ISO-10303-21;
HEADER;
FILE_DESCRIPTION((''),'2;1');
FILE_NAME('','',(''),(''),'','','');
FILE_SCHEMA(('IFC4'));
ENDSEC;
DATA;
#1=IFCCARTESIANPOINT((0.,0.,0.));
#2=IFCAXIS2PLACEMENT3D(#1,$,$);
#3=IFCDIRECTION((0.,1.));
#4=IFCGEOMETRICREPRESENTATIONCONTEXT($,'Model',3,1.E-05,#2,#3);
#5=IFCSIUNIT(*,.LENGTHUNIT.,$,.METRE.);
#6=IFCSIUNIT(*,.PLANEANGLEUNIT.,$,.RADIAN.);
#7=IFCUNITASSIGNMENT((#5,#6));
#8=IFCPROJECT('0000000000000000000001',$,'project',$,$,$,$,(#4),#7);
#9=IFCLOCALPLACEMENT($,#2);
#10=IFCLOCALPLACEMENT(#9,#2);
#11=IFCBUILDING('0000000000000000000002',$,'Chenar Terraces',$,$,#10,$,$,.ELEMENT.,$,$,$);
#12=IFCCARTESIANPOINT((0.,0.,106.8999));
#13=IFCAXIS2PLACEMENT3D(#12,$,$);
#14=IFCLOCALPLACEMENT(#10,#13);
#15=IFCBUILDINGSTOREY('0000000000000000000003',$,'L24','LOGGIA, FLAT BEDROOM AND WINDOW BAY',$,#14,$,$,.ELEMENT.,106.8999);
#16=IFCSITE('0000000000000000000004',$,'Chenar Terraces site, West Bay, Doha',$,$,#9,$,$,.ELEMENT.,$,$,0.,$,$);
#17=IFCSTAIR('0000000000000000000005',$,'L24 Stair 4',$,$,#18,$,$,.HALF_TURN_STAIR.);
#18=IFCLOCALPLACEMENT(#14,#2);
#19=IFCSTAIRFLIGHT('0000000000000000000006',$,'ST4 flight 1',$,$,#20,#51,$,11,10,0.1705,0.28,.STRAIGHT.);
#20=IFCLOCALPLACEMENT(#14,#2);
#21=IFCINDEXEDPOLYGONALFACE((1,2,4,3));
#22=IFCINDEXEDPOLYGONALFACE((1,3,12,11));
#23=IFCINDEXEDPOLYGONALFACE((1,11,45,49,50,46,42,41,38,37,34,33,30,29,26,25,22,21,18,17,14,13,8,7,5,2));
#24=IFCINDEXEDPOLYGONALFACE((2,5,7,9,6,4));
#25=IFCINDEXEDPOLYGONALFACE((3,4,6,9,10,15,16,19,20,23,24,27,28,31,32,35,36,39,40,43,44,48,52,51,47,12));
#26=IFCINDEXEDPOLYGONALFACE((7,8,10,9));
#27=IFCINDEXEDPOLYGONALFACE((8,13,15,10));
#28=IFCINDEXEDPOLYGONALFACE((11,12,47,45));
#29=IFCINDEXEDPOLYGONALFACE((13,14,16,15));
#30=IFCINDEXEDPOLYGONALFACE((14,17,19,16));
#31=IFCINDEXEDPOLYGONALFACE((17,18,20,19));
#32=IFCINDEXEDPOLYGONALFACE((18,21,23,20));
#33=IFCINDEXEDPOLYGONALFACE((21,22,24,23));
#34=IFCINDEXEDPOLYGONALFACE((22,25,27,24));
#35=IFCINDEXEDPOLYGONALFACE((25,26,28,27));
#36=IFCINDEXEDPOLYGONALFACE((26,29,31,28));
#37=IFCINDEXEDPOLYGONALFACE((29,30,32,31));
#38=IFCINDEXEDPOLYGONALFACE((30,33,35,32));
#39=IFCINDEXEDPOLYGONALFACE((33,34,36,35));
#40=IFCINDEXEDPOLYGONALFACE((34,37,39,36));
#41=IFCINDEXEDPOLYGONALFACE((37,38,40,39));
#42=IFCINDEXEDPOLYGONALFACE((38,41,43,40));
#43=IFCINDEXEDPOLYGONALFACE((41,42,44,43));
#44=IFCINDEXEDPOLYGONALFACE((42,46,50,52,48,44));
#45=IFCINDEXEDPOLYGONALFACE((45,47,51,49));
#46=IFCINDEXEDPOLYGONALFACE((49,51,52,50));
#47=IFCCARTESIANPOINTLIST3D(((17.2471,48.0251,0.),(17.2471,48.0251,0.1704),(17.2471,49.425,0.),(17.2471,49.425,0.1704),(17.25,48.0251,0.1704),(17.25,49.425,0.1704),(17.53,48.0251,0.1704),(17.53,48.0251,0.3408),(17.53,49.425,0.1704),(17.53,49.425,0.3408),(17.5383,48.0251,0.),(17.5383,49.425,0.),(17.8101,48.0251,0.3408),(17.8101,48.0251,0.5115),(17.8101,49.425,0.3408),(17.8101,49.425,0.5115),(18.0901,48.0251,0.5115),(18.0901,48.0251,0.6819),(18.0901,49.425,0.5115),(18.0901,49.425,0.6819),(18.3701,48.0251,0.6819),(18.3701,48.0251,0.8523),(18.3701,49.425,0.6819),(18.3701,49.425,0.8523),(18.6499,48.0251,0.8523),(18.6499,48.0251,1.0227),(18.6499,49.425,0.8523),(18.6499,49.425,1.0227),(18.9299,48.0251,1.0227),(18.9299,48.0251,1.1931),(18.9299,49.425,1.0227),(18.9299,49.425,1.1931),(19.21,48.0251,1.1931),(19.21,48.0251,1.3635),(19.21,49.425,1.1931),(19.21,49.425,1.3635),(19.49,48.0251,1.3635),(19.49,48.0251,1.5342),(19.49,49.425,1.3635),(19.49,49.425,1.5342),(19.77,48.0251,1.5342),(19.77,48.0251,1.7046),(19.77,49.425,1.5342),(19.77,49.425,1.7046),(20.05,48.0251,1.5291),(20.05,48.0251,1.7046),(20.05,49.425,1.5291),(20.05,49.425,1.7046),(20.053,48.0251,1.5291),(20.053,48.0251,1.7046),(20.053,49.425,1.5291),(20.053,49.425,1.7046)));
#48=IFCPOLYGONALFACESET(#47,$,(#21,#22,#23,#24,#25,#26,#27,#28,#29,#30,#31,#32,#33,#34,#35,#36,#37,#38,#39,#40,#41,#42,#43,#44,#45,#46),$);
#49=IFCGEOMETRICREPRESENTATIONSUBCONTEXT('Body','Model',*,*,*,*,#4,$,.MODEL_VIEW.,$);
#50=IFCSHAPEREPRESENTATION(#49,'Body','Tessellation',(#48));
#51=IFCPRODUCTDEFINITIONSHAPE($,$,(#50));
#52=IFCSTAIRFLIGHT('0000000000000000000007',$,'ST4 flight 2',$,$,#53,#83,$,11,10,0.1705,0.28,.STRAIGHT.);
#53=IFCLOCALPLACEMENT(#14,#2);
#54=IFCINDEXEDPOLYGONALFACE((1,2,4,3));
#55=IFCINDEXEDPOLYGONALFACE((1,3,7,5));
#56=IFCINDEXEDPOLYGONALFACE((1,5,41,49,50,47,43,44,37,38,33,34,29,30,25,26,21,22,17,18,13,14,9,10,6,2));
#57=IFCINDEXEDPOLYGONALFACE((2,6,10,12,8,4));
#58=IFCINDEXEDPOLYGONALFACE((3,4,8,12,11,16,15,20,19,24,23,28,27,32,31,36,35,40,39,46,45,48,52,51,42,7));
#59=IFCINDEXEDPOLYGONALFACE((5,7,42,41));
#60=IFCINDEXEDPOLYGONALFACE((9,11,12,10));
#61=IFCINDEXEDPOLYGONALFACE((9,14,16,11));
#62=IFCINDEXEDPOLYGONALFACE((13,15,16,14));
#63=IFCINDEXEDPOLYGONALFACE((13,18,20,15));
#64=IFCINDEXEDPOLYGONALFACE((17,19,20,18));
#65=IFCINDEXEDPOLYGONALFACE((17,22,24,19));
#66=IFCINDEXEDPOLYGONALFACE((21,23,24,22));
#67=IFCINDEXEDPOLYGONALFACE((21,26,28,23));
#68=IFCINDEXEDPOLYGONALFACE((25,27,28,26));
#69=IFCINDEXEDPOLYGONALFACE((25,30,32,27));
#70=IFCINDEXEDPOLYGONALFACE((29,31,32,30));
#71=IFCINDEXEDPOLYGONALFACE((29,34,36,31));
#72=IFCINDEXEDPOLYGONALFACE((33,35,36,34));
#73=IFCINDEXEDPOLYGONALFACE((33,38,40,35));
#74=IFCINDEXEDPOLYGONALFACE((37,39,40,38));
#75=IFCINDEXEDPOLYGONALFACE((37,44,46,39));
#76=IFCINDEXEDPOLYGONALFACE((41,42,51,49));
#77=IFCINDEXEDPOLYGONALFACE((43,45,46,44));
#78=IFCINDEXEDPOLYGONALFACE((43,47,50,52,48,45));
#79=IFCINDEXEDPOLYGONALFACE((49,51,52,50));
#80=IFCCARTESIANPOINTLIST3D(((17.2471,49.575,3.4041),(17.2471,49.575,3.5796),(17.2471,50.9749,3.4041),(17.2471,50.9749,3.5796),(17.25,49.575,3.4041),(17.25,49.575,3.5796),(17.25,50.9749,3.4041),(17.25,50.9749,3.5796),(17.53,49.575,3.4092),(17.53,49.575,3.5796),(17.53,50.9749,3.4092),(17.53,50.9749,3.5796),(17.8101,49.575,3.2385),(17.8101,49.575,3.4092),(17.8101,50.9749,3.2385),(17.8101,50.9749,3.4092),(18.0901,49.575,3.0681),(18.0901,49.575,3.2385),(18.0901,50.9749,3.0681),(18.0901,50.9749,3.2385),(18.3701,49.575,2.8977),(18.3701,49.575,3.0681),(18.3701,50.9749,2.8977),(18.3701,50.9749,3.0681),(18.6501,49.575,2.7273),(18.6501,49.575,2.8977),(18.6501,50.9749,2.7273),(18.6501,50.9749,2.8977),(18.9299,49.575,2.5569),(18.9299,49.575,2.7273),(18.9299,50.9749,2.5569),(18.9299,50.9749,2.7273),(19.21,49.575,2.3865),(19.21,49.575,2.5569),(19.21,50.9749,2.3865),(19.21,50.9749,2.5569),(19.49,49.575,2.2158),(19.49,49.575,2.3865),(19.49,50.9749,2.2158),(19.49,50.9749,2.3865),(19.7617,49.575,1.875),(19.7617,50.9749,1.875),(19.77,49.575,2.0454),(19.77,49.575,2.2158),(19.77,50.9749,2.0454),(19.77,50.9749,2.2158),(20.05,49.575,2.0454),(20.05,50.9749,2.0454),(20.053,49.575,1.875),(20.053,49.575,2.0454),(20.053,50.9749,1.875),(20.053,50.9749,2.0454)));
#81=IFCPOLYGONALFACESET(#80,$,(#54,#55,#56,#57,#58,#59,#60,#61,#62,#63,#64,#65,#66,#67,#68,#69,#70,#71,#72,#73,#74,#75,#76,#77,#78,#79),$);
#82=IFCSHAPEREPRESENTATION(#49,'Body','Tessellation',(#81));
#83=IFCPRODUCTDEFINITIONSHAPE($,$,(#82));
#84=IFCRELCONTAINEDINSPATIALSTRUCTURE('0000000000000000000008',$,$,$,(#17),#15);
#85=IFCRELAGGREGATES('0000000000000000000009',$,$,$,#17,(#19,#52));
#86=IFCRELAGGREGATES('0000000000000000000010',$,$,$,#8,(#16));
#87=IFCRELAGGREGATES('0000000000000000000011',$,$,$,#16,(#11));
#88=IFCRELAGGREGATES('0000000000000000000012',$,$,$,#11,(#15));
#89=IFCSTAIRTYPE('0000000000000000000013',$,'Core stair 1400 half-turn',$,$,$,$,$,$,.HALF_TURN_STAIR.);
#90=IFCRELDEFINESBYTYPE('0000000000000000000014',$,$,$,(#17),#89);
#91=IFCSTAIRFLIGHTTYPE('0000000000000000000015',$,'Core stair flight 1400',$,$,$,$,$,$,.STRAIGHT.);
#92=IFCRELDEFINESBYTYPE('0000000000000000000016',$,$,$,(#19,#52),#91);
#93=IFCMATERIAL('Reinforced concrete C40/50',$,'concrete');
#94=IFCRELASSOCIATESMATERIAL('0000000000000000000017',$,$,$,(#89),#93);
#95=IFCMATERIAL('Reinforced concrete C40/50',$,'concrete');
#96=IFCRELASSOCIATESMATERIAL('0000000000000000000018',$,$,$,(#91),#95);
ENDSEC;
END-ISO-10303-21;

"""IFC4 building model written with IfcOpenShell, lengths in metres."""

from ifc_helpers import new_model, si_unit, direction, frame, origin, place, context, subcontext, project, spatial, polyline, outline, extrude, material, type_object, element, aggregate, save


model = new_model("IFC4")

# Units and contexts
model_context = context("Model", 3, precision=1e-05, world=origin(), true_north=direction((0.0, 1.0)))
body_context = subcontext(model_context, "Body", "Model", "MODEL_VIEW")
ifc_project = project(units=[si_unit("LENGTHUNIT", "METRE"), si_unit("PLANEANGLEUNIT", "RADIAN")], contexts=[model_context])

# Site, building, storey
site_placement = place(None, origin())
site = spatial("IfcSite", under=ifc_project, at=site_placement, Name="Chenar Terraces site, West Bay, Doha", CompositionType="ELEMENT", RefElevation=0.0)
building_placement = place(site_placement, origin())
building = spatial("IfcBuilding", under=site, at=building_placement, Name="Chenar Terraces", CompositionType="ELEMENT")
storey_placement = place(building_placement, frame((0.0, 0.0, 106.8999)))
storey = spatial("IfcBuildingStorey", under=building, at=storey_placement, Name="L24", Description="LOGGIA, FLAT BEDROOM AND WINDOW BAY", CompositionType="ELEMENT", Elevation=106.8999)

# Stair, stair flights
ifc_material_1 = material(Name="Reinforced concrete C40/50", Category="concrete")
stair_type = type_object("IfcStairType", Name="Core stair 1400 half-turn", PredefinedType="HALF_TURN_STAIR", material=ifc_material_1)
stair_placement = place(storey_placement, origin())
stair = element("IfcStair", 1, at=stair_placement, inside=storey, type_object=stair_type, Name="L24 Stair 4", PredefinedType="HALF_TURN_STAIR")
ifc_material_2 = material(Name="Reinforced concrete C40/50", Category="concrete")
stair_flight_type = type_object("IfcStairFlightType", Name="Core stair flight 1400", PredefinedType="STRAIGHT", material=ifc_material_2)
stair_flight_1_placement = place(storey_placement, frame((17.25, 48.7251, 0.0), z_axis=(0.0, 0.0, 1.0), x_axis=(1.0, 0.0, 0.0)))
stair_flight_1 = element("IfcStairFlight", 2, at=stair_flight_1_placement, type_object=stair_flight_type, Name="ST4 flight 1", NumberOfRisers=11, NumberOfTreads=10, PredefinedType="STRAIGHT", RiserHeight=0.1705, TreadLength=0.28, context=body_context, shape_type="SweptSolid", body=[
    extrude(outline(polyline([(-0.0029, 0.0), (-0.0029, 0.1704), (0.0, 0.1704), (0.28, 0.1704), (0.28, 0.3408), (0.5601, 0.3408), (0.5601, 0.5115), (0.8401, 0.5115), (0.8401, 0.6819), (1.1201, 0.6819), (1.1201, 0.8523), (1.3999, 0.8523), (1.3999, 1.0227), (1.6799, 1.0227), (1.6799, 1.1931), (1.96, 1.1931), (1.96, 1.3635), (2.24, 1.3635), (2.24, 1.5342), (2.52, 1.5342), (2.52, 1.7046), (2.8, 1.7046), (2.803, 1.7046), (2.803, 1.5291), (2.8, 1.5291), (0.2883, 0.0), (-0.0029, 0.0)])), frame((0.0, 0.7, 0.0), z_axis=(0.0, -1.0, 0.0), x_axis=(1.0, 0.0, 0.0)), (0.0, 0.0, 1.0), 1.3999),
])
stair_flight_2_placement = place(storey_placement, frame((20.05, 50.2749, 1.875), z_axis=(0.0, 0.0, 1.0), x_axis=(-1.0, 0.0, 0.0)))
stair_flight_2 = element("IfcStairFlight", 3, at=stair_flight_2_placement, type_object=stair_flight_type, Name="ST4 flight 2", NumberOfRisers=11, NumberOfTreads=10, PredefinedType="STRAIGHT", RiserHeight=0.1705, TreadLength=0.28, context=body_context, shape_type="SweptSolid", body=[
    extrude(outline(polyline([(-0.0029, 0.0), (-0.0029, 0.1704), (0.0, 0.1704), (0.28, 0.1704), (0.28, 0.3408), (0.5601, 0.3408), (0.5601, 0.5115), (0.8401, 0.5115), (0.8401, 0.6819), (1.1201, 0.6819), (1.1201, 0.8523), (1.3999, 0.8523), (1.3999, 1.0227), (1.6799, 1.0227), (1.6799, 1.1931), (1.96, 1.1931), (1.96, 1.3635), (2.24, 1.3635), (2.24, 1.5342), (2.52, 1.5342), (2.52, 1.7046), (2.8, 1.7046), (2.803, 1.7046), (2.803, 1.5291), (2.8, 1.5291), (0.2883, 0.0), (-0.0029, 0.0)])), frame((0.0, 0.7, 0.0), z_axis=(0.0, -1.0, 0.0), x_axis=(1.0, 0.0, 0.0)), (0.0, 0.0, 1.0), 1.3999),
])
aggregate(stair, [stair_flight_1, stair_flight_2])

save(model, "model.ifc")
